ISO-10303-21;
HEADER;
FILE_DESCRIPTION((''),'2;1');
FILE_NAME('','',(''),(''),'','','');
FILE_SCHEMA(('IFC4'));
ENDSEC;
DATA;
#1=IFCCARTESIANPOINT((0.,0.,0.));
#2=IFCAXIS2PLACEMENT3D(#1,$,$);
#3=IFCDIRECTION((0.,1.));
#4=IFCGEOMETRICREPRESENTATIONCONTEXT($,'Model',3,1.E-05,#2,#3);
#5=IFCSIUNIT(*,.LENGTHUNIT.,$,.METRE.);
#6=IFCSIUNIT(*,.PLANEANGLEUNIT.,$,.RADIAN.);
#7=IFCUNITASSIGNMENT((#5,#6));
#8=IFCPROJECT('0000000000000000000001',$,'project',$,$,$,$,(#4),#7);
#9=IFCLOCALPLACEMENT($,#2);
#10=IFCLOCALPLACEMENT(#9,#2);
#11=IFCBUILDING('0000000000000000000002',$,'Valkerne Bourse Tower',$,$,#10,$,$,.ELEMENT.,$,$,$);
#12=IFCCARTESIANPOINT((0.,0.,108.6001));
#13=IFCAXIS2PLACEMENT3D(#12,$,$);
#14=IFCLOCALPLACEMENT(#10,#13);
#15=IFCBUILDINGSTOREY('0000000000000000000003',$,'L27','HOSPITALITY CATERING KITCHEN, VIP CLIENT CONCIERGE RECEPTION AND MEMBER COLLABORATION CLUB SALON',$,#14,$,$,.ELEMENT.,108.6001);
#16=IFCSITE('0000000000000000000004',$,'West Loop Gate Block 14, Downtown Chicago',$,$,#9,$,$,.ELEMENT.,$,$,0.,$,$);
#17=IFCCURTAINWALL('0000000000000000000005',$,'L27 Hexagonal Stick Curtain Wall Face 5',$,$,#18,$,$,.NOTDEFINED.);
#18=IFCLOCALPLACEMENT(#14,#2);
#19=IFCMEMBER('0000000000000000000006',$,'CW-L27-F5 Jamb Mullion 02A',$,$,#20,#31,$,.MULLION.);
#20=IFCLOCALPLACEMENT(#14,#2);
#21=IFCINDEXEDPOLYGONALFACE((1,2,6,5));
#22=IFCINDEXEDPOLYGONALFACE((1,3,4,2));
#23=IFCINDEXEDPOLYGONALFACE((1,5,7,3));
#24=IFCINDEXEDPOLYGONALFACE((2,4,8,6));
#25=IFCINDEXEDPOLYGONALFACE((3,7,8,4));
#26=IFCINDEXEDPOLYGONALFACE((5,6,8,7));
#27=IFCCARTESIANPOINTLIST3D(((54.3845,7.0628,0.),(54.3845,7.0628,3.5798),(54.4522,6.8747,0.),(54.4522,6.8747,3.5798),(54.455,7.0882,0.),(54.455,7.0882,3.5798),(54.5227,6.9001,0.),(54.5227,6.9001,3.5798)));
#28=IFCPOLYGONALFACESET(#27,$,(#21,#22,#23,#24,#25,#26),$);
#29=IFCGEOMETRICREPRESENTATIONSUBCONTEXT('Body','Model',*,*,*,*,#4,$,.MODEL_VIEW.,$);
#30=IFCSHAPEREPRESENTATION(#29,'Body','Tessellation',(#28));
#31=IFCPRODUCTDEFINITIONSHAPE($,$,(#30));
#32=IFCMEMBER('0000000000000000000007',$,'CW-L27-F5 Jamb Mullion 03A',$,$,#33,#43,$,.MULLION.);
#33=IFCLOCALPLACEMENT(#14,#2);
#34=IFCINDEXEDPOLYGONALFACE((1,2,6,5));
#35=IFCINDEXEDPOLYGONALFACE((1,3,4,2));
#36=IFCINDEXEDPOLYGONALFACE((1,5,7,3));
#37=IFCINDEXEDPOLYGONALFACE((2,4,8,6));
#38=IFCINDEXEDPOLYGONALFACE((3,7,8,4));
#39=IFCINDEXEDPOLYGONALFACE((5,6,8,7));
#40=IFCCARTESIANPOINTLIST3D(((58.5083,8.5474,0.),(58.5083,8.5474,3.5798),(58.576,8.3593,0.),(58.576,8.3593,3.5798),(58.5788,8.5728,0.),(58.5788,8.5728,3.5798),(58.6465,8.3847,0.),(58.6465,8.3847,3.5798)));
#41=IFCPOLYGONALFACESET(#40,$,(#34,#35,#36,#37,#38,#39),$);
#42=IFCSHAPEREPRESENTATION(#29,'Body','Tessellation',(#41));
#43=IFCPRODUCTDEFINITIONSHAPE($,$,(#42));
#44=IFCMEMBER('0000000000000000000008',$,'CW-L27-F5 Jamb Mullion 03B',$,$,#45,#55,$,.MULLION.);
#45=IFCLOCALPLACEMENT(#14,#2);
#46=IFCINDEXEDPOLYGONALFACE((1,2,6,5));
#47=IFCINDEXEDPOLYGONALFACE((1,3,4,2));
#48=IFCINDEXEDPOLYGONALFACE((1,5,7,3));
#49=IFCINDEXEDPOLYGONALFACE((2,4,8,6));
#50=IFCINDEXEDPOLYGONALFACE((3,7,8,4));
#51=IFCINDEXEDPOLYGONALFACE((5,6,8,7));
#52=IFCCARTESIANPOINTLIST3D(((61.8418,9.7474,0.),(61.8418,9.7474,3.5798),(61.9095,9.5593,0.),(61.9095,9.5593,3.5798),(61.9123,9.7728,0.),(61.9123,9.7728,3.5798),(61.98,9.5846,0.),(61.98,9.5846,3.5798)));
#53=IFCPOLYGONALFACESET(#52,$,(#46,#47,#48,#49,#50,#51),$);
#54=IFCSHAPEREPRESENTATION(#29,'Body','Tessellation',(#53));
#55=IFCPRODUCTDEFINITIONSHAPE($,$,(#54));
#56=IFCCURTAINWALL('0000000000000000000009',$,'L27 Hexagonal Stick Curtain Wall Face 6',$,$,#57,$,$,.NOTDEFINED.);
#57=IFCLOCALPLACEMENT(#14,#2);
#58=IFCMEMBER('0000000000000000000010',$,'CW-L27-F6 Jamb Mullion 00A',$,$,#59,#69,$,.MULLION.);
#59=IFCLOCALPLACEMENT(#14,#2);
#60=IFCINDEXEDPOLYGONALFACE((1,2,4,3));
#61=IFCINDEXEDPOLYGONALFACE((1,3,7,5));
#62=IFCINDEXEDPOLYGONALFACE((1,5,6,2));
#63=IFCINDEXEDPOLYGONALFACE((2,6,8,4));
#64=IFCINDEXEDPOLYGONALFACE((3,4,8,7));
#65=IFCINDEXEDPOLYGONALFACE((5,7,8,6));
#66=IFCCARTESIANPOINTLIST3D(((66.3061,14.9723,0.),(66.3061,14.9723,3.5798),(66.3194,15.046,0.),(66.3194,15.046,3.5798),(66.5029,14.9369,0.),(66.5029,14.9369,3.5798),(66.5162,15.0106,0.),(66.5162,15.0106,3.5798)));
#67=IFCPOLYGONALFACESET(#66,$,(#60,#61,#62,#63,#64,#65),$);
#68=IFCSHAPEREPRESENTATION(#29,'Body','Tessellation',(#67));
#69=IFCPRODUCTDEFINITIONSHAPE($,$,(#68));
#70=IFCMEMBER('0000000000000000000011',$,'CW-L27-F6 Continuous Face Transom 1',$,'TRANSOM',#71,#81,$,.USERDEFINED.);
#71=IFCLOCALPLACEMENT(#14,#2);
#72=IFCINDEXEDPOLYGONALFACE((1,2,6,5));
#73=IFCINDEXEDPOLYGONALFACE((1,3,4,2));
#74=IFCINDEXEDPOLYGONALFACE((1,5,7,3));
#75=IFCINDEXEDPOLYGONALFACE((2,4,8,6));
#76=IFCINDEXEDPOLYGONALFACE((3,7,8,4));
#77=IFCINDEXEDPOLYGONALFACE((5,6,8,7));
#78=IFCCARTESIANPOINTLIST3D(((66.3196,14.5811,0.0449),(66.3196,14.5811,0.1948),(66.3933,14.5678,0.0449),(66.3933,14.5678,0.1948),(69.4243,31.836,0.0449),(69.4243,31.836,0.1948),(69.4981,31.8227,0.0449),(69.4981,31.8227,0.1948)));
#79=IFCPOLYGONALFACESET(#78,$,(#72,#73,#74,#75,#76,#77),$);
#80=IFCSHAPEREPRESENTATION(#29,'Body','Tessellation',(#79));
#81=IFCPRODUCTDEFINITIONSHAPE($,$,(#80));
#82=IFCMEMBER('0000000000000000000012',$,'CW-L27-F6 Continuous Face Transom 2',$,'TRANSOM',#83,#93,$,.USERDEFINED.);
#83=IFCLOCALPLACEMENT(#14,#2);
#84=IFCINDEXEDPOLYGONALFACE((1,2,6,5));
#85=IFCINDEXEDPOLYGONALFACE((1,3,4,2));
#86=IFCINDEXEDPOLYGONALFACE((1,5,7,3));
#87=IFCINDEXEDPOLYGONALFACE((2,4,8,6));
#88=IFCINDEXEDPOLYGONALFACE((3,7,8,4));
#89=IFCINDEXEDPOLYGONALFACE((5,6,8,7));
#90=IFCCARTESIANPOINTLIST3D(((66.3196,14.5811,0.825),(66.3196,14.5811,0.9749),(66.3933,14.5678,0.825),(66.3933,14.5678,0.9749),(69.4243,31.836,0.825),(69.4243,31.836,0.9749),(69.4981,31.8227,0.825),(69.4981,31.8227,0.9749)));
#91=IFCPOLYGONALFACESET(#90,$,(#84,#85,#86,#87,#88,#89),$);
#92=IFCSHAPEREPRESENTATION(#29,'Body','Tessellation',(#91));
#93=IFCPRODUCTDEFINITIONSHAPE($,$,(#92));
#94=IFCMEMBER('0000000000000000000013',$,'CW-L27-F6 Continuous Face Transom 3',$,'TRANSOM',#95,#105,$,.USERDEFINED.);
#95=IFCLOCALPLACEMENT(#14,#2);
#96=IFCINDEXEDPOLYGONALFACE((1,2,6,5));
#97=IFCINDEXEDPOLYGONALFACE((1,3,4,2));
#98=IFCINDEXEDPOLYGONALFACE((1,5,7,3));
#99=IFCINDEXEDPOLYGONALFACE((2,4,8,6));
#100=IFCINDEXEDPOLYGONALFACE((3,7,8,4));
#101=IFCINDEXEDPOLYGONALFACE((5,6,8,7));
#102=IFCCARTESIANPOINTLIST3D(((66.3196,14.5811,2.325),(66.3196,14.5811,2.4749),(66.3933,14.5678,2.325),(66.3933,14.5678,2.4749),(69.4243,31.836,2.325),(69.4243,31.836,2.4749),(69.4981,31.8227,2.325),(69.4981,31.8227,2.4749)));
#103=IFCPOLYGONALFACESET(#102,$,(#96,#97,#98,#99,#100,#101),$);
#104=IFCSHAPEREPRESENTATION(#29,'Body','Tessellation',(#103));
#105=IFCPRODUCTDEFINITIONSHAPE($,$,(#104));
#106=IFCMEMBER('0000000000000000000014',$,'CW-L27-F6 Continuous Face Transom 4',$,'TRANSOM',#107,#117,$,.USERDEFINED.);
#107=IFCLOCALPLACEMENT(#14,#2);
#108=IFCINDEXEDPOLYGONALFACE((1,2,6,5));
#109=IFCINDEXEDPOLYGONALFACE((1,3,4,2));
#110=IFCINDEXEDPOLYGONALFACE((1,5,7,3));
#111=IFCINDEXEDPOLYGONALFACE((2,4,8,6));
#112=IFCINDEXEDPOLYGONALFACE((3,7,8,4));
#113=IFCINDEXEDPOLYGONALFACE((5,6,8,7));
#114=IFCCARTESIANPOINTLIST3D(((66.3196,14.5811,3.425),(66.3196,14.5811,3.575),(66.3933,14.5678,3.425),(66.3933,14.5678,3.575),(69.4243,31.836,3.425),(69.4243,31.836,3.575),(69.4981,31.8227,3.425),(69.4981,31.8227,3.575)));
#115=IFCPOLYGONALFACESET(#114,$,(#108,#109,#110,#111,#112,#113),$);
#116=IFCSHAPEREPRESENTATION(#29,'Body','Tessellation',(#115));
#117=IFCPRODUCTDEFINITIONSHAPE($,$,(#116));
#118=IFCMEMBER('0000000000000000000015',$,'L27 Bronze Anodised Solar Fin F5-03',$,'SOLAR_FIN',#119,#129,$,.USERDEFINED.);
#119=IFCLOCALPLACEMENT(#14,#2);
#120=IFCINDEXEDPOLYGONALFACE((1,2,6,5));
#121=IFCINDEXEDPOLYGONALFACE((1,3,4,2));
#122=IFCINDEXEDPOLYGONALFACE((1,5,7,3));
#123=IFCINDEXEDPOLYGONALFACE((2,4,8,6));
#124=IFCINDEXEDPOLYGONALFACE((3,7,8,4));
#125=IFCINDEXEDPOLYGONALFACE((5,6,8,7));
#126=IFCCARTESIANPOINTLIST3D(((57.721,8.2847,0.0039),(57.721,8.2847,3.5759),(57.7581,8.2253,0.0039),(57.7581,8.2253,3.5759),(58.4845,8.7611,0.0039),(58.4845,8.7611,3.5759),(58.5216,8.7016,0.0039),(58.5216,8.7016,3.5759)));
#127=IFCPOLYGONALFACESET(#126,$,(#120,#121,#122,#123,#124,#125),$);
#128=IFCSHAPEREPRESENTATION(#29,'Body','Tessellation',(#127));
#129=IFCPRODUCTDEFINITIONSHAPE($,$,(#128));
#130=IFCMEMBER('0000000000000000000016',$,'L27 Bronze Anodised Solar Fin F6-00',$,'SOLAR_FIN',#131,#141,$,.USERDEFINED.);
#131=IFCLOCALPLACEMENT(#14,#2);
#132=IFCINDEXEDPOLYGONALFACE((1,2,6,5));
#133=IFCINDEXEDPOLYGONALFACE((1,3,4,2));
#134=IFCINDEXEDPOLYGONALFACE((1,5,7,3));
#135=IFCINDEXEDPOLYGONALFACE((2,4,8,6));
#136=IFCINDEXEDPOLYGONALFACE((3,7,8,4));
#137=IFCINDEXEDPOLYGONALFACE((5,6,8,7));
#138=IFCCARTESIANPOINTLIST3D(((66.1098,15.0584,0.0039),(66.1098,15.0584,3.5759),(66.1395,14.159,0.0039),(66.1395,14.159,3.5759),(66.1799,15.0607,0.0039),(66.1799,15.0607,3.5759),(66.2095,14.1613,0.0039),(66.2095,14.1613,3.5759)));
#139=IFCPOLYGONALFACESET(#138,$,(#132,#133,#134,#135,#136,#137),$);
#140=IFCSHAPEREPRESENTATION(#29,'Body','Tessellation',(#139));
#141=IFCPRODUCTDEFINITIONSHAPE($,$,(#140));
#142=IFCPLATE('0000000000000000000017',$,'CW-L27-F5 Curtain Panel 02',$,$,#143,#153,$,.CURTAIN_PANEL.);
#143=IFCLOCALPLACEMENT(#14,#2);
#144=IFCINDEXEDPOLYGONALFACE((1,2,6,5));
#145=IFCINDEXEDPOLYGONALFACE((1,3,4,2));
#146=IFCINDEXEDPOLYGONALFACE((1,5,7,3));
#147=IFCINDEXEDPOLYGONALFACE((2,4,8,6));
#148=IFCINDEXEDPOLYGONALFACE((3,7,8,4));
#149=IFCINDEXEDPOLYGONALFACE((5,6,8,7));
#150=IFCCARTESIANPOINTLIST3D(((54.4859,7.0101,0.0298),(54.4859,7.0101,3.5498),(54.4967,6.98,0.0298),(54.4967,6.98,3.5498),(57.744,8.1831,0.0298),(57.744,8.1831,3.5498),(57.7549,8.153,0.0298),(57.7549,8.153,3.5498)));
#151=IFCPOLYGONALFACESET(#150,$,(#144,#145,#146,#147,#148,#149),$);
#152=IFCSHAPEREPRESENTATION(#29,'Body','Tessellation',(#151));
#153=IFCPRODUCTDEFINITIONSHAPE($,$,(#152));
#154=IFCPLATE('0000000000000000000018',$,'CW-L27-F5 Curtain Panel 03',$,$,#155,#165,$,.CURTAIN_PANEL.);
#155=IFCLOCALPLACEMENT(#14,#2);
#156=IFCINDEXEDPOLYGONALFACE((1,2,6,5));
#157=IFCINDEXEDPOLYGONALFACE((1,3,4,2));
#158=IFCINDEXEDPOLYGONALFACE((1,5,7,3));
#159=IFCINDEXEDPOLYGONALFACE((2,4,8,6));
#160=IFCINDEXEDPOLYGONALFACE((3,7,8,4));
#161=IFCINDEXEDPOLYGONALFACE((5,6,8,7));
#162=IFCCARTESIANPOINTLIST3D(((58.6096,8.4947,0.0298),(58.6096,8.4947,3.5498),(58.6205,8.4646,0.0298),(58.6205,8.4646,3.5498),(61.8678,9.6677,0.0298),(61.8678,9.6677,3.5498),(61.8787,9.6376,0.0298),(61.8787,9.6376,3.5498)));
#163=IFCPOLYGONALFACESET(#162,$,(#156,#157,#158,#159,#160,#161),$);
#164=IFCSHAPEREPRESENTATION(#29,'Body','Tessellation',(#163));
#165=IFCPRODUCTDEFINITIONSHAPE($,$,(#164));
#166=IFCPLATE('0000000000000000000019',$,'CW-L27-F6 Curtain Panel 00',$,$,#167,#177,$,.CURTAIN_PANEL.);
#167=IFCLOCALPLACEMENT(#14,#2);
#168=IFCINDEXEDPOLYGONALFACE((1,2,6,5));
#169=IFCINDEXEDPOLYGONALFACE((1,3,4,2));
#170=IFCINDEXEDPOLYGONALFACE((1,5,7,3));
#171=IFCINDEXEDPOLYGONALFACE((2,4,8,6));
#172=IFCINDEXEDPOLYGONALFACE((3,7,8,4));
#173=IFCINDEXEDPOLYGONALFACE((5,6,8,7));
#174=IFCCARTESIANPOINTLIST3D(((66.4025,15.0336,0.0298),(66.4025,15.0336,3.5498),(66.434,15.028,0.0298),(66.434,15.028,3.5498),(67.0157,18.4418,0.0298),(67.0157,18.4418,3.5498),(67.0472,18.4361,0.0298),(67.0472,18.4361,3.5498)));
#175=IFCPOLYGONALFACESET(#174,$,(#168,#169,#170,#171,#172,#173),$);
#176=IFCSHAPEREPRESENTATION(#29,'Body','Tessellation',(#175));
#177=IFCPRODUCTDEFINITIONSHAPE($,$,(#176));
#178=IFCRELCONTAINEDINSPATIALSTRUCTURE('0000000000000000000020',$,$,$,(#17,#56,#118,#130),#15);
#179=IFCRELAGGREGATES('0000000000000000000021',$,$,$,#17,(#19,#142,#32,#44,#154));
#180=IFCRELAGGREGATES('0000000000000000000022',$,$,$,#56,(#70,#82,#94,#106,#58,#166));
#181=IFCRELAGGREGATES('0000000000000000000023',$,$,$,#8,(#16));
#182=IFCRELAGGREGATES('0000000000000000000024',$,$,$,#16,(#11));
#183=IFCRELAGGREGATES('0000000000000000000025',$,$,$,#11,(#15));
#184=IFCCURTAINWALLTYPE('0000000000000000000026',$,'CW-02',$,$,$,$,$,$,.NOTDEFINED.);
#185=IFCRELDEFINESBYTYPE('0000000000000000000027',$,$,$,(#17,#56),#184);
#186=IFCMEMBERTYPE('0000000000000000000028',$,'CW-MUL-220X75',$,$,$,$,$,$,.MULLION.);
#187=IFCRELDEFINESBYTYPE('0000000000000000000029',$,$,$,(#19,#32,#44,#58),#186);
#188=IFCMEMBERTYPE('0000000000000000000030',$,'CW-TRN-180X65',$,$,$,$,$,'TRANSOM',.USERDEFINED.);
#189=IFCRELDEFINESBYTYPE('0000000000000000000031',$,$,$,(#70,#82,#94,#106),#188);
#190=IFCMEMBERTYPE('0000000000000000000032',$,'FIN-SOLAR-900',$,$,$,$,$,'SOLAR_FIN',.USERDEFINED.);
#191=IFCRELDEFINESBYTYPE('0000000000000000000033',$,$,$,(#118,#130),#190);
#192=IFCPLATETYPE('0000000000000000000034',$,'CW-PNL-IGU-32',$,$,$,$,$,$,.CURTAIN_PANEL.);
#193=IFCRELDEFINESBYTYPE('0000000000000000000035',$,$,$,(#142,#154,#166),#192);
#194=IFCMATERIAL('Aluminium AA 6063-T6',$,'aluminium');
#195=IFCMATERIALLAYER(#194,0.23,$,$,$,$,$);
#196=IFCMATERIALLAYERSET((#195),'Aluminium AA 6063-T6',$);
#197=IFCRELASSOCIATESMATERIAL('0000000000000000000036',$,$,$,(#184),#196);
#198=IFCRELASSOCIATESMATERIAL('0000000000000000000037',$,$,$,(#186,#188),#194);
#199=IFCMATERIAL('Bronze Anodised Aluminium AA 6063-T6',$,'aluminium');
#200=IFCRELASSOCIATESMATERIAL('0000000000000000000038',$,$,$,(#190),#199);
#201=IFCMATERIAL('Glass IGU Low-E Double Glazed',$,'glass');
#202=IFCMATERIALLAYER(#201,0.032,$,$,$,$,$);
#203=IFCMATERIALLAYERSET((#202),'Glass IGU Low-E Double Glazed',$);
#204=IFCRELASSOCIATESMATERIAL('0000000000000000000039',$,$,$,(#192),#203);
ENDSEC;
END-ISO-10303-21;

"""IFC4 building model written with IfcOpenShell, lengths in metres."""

from ifc_helpers import new_model, si_unit, direction, frame, origin, origin_2d, place, context, subcontext, project, spatial, rectangle, extrude, material, layer, layer_set, material_profile, profile_set, type_object, element, aggregate, save


model = new_model("IFC4")

# Units and contexts
model_context = context("Model", 3, precision=1e-05, world=origin(), true_north=direction((0.0, 1.0)))
body_context = subcontext(model_context, "Body", "Model", "MODEL_VIEW")
ifc_project = project(units=[si_unit("LENGTHUNIT", "METRE"), si_unit("PLANEANGLEUNIT", "RADIAN")], contexts=[model_context])

# Site, building, storey
site_placement = place(None, origin())
site = spatial("IfcSite", under=ifc_project, at=site_placement, Name="West Loop Gate Block 14, Downtown Chicago", CompositionType="ELEMENT", RefElevation=0.0)
building_placement = place(site_placement, origin())
building = spatial("IfcBuilding", under=site, at=building_placement, Name="Valkerne Bourse Tower", CompositionType="ELEMENT")
storey_placement = place(building_placement, frame((0.0, 0.0, 108.6001)))
storey = spatial("IfcBuildingStorey", under=building, at=storey_placement, Name="L27", Description="HOSPITALITY CATERING KITCHEN, VIP CLIENT CONCIERGE RECEPTION AND MEMBER COLLABORATION CLUB SALON", CompositionType="ELEMENT", Elevation=108.6001)

# Curtain walls, members
ifc_material_1 = material(Name="Aluminium AA 6063-T6", Category="aluminium")
ifc_layer_1 = layer(ifc_material_1, 0.23)
ifc_layer_set_1 = layer_set([ifc_layer_1], Name="Aluminium AA 6063-T6")
curtain_wall_type = type_object("IfcCurtainWallType", Name="CW-02", PredefinedType="NOTDEFINED", material=ifc_layer_set_1)
curtain_wall_1_placement = place(storey_placement, origin())
curtain_wall_1 = element("IfcCurtainWall", 1, at=curtain_wall_1_placement, inside=storey, type_object=curtain_wall_type, Name="L27 Hexagonal Stick Curtain Wall Face 5", PredefinedType="NOTDEFINED")
ifc_material_profile_1 = material_profile(ifc_material_1, rectangle(XDim=0.075, YDim=0.2, at=origin_2d()), Name="CWM-75X200")
ifc_profile_set_1 = profile_set([ifc_material_profile_1], Name="Aluminium AA 6063-T6")
member_type_1 = type_object("IfcMemberType", Name="CW-MUL-220X75", PredefinedType="MULLION", material=ifc_profile_set_1)
member_1_placement = place(storey_placement, frame((54.4536, 6.9814, 0.0), z_axis=(0.0, 0.0, 1.0), x_axis=(0.94088, 0.338739, 0.0)))
member_1 = element("IfcMember", 2, at=member_1_placement, type_object=member_type_1, Name="CW-L27-F5 Jamb Mullion 02A", PredefinedType="MULLION", context=body_context, shape_type="SweptSolid", body=[
    extrude(rectangle(XDim=0.075, YDim=0.2, at=origin_2d()), origin(), (0.0, 0.0, 1.0), 3.5798),
])
member_2_placement = place(storey_placement, frame((58.5774, 8.4661, 0.0), z_axis=(0.0, 0.0, 1.0), x_axis=(0.940888, 0.338719, 0.0)))
member_2 = element("IfcMember", 3, at=member_2_placement, type_object=member_type_1, Name="CW-L27-F5 Jamb Mullion 03A", PredefinedType="MULLION", context=body_context, shape_type="SweptSolid", body=[
    extrude(rectangle(XDim=0.075, YDim=0.2, at=origin_2d()), origin(), (0.0, 0.0, 1.0), 3.5798),
])
member_3_placement = place(storey_placement, frame((61.9109, 9.666, 0.0), z_axis=(0.0, 0.0, 1.0), x_axis=(0.940888, 0.338719, 0.0)))
member_3 = element("IfcMember", 4, at=member_3_placement, type_object=member_type_1, Name="CW-L27-F5 Jamb Mullion 03B", PredefinedType="MULLION", context=body_context, shape_type="SweptSolid", body=[
    extrude(rectangle(XDim=0.075, YDim=0.2, at=origin_2d()), origin(), (0.0, 0.0, 1.0), 3.5798),
])
curtain_wall_2_placement = place(storey_placement, origin())
curtain_wall_2 = element("IfcCurtainWall", 5, at=curtain_wall_2_placement, inside=storey, type_object=curtain_wall_type, Name="L27 Hexagonal Stick Curtain Wall Face 6", PredefinedType="NOTDEFINED")
member_4_placement = place(storey_placement, frame((66.4111, 14.9915, 0.0), z_axis=(0.0, 0.0, 1.0), x_axis=(0.17709, 0.984195, 0.0)))
member_4 = element("IfcMember", 6, at=member_4_placement, type_object=member_type_1, Name="CW-L27-F6 Jamb Mullion 00A", PredefinedType="MULLION", context=body_context, shape_type="SweptSolid", body=[
    extrude(rectangle(XDim=0.075, YDim=0.2, at=origin_2d()), origin(), (0.0, 0.0, 1.0), 3.5798),
])
ifc_material_profile_2 = material_profile(ifc_material_1, rectangle(XDim=0.075, YDim=0.1499, at=origin_2d()), Name="CWT-75X150")
ifc_profile_set_2 = profile_set([ifc_material_profile_2], Name="Aluminium AA 6063-T6")
member_type_2 = type_object("IfcMemberType", Name="CW-TRN-180X65", ElementType="TRANSOM", PredefinedType="USERDEFINED", material=ifc_profile_set_2)
member_5_placement = place(storey_placement, frame((66.3564, 14.5745, 0.1199), z_axis=(0.17709, 0.984195, 0.0), x_axis=(-0.984195, 0.17709, 0.0)))
member_5 = element("IfcMember", 7, at=member_5_placement, type_object=member_type_2, Name="CW-L27-F6 Continuous Face Transom 1", ObjectType="TRANSOM", PredefinedType="USERDEFINED", context=body_context, shape_type="SweptSolid", body=[
    extrude(rectangle(XDim=0.075, YDim=0.1499, at=origin_2d()), origin(), (0.0, 0.0, 1.0), 17.532),
])
member_6_placement = place(storey_placement, frame((66.3564, 14.5745, 0.8999), z_axis=(0.17709, 0.984195, 0.0), x_axis=(-0.984195, 0.17709, 0.0)))
member_6 = element("IfcMember", 8, at=member_6_placement, type_object=member_type_2, Name="CW-L27-F6 Continuous Face Transom 2", ObjectType="TRANSOM", PredefinedType="USERDEFINED", context=body_context, shape_type="SweptSolid", body=[
    extrude(rectangle(XDim=0.075, YDim=0.1499, at=origin_2d()), origin(), (0.0, 0.0, 1.0), 17.532),
])
member_7_placement = place(storey_placement, frame((66.3564, 14.5745, 2.3999), z_axis=(0.17709, 0.984195, 0.0), x_axis=(-0.984195, 0.17709, 0.0)))
member_7 = element("IfcMember", 9, at=member_7_placement, type_object=member_type_2, Name="CW-L27-F6 Continuous Face Transom 3", ObjectType="TRANSOM", PredefinedType="USERDEFINED", context=body_context, shape_type="SweptSolid", body=[
    extrude(rectangle(XDim=0.075, YDim=0.1499, at=origin_2d()), origin(), (0.0, 0.0, 1.0), 17.532),
])
member_8_placement = place(storey_placement, frame((66.3564, 14.5745, 3.5), z_axis=(0.17709, 0.984195, 0.0), x_axis=(-0.984195, 0.17709, 0.0)))
member_8 = element("IfcMember", 10, at=member_8_placement, type_object=member_type_2, Name="CW-L27-F6 Continuous Face Transom 4", ObjectType="TRANSOM", PredefinedType="USERDEFINED", context=body_context, shape_type="SweptSolid", body=[
    extrude(rectangle(XDim=0.075, YDim=0.1499, at=origin_2d()), origin(), (0.0, 0.0, 1.0), 17.532),
])

# Members
ifc_material_2 = material(Name="Bronze Anodised Aluminium AA 6063-T6", Category="aluminium")
ifc_material_profile_3 = material_profile(ifc_material_2, rectangle(XDim=0.0701, YDim=0.8999, at=origin_2d()), Name="FIN-70X900")
ifc_profile_set_3 = profile_set([ifc_material_profile_3], Name="Bronze Anodised Aluminium AA 6063-T6")
member_type_3 = type_object("IfcMemberType", Name="FIN-SOLAR-900", ElementType="SOLAR_FIN", PredefinedType="USERDEFINED", material=ifc_profile_set_3)
for number, where, z_axis, x_axis, name in (
    (11, (58.1213, 8.4932, 0.0039), (0.0, 0.0, 1.0), (0.52932, -0.848422, 0.0), "L27 Bronze Anodised Solar Fin F5-03"),
    (12, (66.1597, 14.6099, 0.0039), (0.0, 0.0, 1.0), (0.999458, 0.032933, 0.0), "L27 Bronze Anodised Solar Fin F6-00"),
):
    element("IfcMember", number, at=place(storey_placement, frame(where, z_axis=z_axis, x_axis=x_axis)), inside=storey, type_object=member_type_3, Name=name, ObjectType="SOLAR_FIN", PredefinedType="USERDEFINED", context=body_context, shape_type="SweptSolid", body=[
        extrude(rectangle(XDim=0.0701, YDim=0.8999, at=origin_2d()), origin(), (0.0, 0.0, 1.0), 3.572),
    ])

# Plates
ifc_material_3 = material(Name="Glass IGU Low-E Double Glazed", Category="glass")
ifc_layer_2 = layer(ifc_material_3, 0.032)
ifc_layer_set_2 = layer_set([ifc_layer_2], Name="Glass IGU Low-E Double Glazed")
plate_type = type_object("IfcPlateType", Name="CW-PNL-IGU-32", PredefinedType="CURTAIN_PANEL", material=ifc_layer_set_2)
plate_1_placement = place(storey_placement, frame((56.1204, 7.5815, 0.0298), z_axis=(0.0, 0.0, 1.0), x_axis=(0.94088, 0.338739, 0.0)))
plate_1 = element("IfcPlate", 13, at=plate_1_placement, type_object=plate_type, Name="CW-L27-F5 Curtain Panel 02", PredefinedType="CURTAIN_PANEL", context=body_context, shape_type="SweptSolid", body=[
    extrude(rectangle(XDim=3.4629, YDim=0.032, at=origin_2d()), origin(), (0.0, 0.0, 1.0), 3.52),
])
plate_2_placement = place(storey_placement, frame((60.2441, 9.0662, 0.0298), z_axis=(0.0, 0.0, 1.0), x_axis=(0.940888, 0.338719, 0.0)))
plate_2 = element("IfcPlate", 14, at=plate_2_placement, type_object=plate_type, Name="CW-L27-F5 Curtain Panel 03", PredefinedType="CURTAIN_PANEL", context=body_context, shape_type="SweptSolid", body=[
    extrude(rectangle(XDim=3.4629, YDim=0.032, at=origin_2d()), origin(), (0.0, 0.0, 1.0), 3.52),
])
aggregate(curtain_wall_1, [member_1, plate_1, member_2, member_3, plate_2])
plate_3_placement = place(storey_placement, frame((66.7249, 16.7349, 0.0298), z_axis=(0.0, 0.0, 1.0), x_axis=(0.17709, 0.984195, 0.0)))
plate_3 = element("IfcPlate", 15, at=plate_3_placement, type_object=plate_type, Name="CW-L27-F6 Curtain Panel 00", PredefinedType="CURTAIN_PANEL", context=body_context, shape_type="SweptSolid", body=[
    extrude(rectangle(XDim=3.4629, YDim=0.032, at=origin_2d()), origin(), (0.0, 0.0, 1.0), 3.52),
])
aggregate(curtain_wall_2, [member_5, member_6, member_7, member_8, member_4, plate_3])

save(model, "model.ifc")
